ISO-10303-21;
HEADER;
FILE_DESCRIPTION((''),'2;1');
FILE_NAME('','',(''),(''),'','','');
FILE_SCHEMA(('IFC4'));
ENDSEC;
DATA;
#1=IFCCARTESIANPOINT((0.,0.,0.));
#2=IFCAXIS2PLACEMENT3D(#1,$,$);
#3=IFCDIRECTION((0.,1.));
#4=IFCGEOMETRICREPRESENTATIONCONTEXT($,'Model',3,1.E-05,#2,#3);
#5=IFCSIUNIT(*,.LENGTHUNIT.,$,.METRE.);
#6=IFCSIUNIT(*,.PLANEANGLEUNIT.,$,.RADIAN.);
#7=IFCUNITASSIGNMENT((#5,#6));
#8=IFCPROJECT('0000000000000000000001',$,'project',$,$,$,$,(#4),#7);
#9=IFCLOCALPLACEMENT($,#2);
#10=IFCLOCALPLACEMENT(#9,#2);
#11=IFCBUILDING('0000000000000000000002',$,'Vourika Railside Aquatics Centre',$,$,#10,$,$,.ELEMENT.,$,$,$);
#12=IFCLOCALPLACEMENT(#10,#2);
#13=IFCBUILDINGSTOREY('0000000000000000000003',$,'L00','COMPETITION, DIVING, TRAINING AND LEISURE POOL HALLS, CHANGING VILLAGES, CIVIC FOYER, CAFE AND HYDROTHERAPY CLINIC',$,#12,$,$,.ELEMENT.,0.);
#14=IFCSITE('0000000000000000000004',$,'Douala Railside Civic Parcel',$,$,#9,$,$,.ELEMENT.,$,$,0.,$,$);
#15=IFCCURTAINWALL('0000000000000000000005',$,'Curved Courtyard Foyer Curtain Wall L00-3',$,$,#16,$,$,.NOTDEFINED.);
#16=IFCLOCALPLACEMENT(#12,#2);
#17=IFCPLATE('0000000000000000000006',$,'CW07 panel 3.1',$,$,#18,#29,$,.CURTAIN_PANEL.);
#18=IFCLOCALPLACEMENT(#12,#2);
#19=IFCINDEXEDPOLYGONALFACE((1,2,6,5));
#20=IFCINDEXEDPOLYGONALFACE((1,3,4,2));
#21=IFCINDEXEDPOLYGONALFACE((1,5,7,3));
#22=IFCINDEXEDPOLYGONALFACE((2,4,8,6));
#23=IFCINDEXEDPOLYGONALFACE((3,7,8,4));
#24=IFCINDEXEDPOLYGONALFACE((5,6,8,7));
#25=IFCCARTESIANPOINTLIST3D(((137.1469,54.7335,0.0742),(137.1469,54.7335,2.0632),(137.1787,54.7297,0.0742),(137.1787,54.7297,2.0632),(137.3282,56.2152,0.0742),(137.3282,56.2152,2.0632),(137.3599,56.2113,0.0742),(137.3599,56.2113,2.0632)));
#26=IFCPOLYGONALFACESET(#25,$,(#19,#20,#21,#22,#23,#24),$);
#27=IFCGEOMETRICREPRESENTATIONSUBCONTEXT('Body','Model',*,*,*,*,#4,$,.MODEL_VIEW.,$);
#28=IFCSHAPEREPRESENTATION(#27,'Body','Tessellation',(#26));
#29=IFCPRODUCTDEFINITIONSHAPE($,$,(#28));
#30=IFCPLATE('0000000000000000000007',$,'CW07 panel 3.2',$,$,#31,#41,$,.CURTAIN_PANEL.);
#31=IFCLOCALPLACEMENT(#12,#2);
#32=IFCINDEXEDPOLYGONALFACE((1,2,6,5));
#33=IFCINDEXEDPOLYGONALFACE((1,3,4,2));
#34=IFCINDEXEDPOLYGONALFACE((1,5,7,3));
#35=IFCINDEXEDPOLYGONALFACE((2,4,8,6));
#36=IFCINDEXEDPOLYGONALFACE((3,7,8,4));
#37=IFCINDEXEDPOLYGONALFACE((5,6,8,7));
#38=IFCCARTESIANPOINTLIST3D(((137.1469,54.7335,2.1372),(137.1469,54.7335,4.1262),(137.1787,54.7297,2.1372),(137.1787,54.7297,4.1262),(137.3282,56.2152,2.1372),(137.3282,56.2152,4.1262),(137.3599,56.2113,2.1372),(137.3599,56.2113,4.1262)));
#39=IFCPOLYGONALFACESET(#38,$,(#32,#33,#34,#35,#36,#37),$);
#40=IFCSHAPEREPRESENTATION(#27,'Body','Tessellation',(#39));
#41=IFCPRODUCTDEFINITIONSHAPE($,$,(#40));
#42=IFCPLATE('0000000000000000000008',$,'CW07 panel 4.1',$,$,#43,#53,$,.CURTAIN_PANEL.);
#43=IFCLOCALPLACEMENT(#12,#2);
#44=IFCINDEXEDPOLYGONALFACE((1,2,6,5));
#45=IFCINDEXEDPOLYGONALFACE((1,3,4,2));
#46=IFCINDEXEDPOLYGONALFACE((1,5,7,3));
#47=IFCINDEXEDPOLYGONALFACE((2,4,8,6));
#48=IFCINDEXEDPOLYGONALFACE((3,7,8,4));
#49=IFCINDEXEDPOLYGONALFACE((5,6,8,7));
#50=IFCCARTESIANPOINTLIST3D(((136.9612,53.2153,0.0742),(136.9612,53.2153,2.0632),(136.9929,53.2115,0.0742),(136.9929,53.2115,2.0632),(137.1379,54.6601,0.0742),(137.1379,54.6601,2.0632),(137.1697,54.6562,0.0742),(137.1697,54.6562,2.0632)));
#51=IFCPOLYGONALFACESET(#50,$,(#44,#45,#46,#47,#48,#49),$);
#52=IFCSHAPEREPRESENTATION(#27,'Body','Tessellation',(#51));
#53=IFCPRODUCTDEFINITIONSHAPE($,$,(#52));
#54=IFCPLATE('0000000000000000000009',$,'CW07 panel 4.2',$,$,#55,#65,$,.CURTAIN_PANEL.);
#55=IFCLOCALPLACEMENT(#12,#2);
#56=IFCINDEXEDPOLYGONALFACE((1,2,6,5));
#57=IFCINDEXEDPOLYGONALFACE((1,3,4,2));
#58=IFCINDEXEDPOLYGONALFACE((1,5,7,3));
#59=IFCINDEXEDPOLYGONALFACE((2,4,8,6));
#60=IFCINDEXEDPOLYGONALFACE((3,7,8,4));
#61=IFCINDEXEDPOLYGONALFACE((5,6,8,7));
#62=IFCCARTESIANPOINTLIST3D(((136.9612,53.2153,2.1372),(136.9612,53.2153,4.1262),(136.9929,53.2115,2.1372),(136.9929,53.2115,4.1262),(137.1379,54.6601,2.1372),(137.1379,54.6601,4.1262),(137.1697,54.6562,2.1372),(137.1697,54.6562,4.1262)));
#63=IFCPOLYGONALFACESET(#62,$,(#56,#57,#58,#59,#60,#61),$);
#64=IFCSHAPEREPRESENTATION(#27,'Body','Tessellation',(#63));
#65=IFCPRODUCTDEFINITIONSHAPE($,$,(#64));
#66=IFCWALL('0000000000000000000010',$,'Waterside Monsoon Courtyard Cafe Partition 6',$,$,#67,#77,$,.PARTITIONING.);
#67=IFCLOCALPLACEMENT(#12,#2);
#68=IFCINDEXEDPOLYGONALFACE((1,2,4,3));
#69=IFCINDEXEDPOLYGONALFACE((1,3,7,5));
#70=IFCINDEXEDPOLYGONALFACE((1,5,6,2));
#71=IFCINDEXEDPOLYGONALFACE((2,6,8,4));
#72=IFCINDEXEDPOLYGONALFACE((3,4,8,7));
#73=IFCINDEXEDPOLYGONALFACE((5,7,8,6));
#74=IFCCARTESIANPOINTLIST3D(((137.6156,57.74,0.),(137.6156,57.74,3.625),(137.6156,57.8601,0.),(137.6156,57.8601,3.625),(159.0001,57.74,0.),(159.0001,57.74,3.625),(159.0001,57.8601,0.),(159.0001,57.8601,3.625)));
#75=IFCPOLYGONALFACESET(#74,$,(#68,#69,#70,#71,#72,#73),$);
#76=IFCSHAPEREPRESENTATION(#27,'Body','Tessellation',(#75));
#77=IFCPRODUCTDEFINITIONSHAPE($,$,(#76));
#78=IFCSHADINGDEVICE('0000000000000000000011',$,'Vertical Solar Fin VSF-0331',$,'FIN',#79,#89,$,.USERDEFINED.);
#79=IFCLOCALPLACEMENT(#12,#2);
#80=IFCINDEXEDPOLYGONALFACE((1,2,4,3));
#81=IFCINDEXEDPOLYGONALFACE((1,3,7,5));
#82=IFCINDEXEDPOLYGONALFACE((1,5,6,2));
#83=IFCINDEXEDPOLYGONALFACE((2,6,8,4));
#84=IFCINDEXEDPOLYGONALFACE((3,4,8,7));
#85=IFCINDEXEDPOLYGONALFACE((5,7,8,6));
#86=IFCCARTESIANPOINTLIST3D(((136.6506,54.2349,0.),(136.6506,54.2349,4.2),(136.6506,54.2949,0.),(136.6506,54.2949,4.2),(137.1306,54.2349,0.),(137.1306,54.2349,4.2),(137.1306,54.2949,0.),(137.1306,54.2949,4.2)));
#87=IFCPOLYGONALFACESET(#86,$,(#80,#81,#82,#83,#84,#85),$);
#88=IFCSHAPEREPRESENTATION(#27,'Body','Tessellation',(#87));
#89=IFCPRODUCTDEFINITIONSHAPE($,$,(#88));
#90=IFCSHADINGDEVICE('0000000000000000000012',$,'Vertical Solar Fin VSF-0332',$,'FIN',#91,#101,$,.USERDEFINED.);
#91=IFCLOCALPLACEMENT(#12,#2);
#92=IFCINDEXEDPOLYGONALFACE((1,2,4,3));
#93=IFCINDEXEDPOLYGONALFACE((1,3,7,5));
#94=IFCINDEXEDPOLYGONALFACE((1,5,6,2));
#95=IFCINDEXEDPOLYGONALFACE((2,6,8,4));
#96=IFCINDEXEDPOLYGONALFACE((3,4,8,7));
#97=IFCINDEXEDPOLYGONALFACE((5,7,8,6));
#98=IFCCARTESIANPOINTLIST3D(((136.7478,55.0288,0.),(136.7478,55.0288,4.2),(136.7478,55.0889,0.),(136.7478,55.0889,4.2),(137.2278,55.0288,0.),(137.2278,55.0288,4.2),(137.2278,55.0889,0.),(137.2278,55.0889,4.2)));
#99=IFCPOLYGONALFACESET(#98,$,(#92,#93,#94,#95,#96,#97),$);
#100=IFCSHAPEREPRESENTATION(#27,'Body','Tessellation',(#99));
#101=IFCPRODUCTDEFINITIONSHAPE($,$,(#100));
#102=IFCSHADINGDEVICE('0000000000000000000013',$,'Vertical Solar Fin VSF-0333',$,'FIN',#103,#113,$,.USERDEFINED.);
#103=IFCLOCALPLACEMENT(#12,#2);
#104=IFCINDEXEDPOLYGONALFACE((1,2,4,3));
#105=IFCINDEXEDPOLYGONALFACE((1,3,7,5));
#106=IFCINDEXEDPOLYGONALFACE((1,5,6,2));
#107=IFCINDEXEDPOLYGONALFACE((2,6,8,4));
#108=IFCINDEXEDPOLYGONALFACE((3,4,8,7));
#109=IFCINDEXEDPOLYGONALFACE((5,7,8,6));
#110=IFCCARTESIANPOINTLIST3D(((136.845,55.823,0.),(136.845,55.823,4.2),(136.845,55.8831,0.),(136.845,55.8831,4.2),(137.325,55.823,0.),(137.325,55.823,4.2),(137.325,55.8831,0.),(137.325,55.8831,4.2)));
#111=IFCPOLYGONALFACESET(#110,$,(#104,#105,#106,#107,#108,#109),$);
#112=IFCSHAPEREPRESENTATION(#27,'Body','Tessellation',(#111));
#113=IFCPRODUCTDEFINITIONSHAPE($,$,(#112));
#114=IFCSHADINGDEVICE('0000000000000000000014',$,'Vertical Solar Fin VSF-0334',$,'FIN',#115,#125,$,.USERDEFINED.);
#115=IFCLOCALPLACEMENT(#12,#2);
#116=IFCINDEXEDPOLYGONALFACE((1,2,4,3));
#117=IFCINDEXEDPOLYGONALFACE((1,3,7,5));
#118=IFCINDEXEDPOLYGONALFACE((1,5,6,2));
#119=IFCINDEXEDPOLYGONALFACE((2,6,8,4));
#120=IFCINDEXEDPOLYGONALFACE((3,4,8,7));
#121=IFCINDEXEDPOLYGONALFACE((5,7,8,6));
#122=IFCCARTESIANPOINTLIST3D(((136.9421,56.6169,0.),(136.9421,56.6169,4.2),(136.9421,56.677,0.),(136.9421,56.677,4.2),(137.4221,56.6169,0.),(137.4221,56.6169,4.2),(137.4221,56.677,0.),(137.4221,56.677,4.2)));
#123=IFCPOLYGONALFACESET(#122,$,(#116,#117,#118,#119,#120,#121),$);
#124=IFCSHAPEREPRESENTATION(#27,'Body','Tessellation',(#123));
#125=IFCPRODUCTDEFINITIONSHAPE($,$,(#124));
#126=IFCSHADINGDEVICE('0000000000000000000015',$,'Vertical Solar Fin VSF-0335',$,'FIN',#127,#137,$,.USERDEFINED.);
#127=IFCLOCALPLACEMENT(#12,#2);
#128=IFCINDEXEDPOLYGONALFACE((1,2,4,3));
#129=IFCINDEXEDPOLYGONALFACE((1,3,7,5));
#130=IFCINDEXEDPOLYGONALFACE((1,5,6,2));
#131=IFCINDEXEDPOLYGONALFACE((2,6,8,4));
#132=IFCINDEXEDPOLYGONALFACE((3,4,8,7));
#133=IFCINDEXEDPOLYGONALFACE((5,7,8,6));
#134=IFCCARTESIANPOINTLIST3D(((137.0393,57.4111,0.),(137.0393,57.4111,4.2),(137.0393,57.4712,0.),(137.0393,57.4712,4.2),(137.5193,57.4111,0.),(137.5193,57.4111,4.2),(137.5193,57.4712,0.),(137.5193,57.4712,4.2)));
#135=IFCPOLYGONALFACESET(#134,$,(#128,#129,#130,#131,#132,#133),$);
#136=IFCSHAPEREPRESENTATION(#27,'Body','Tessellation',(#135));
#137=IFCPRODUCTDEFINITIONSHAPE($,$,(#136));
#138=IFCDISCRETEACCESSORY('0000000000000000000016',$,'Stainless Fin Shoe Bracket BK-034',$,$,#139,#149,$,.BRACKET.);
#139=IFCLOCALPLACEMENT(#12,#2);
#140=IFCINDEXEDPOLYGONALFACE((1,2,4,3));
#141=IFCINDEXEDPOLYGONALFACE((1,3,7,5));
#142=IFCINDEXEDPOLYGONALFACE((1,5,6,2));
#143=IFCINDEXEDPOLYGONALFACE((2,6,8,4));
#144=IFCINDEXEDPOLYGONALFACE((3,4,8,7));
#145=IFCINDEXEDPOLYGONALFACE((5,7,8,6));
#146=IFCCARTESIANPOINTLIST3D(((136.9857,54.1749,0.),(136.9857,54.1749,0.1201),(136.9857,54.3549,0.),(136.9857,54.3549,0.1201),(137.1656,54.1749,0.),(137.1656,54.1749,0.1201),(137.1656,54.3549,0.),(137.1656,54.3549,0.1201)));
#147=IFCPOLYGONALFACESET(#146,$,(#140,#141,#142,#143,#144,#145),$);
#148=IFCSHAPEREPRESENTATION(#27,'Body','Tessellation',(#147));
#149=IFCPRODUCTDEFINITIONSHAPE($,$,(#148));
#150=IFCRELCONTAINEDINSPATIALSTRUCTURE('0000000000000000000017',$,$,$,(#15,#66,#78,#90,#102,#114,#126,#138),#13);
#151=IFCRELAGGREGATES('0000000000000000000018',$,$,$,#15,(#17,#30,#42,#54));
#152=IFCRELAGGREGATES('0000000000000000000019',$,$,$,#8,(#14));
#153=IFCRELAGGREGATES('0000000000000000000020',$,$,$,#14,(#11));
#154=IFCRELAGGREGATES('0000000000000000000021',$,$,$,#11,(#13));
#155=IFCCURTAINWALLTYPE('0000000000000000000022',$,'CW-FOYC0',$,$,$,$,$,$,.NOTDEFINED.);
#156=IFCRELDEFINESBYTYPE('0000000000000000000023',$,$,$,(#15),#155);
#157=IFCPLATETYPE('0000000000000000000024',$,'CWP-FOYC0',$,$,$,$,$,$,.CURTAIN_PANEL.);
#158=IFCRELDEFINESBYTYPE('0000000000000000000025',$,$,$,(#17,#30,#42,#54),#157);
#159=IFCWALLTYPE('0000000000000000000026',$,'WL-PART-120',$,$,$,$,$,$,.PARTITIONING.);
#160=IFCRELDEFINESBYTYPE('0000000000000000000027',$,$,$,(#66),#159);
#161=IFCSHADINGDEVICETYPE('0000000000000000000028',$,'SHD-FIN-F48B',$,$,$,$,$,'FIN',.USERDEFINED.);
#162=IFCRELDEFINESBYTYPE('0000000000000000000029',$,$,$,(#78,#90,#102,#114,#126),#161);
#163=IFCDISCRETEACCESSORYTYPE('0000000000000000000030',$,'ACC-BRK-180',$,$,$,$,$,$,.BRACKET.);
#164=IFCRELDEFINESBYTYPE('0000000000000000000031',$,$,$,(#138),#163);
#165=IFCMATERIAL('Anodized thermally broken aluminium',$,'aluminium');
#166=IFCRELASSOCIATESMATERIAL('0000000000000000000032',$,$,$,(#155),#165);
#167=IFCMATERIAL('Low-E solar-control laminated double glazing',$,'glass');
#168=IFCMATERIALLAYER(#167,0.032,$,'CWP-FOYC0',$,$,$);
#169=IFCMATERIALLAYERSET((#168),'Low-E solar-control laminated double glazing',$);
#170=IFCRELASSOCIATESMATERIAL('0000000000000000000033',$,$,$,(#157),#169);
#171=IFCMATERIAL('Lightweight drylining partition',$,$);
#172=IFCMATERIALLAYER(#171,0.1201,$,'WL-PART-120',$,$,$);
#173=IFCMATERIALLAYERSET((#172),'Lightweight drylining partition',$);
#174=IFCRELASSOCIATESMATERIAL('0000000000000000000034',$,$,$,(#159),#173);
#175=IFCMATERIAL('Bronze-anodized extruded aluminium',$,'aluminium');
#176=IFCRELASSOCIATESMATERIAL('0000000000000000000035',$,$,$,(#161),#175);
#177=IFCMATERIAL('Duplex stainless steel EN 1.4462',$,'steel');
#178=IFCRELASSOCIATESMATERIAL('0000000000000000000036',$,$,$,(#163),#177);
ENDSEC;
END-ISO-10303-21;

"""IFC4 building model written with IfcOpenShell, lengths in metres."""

from ifc_helpers import new_model, si_unit, direction, frame, frame_2d, origin, origin_2d, place, context, subcontext, project, spatial, rectangle, extrude, material, layer, layer_set, material_profile, profile_set, type_object, element, aggregate, save


model = new_model("IFC4")

# Units and contexts
model_context = context("Model", 3, precision=1e-05, world=origin(), true_north=direction((0.0, 1.0)))
body_context = subcontext(model_context, "Body", "Model", "MODEL_VIEW")
ifc_project = project(units=[si_unit("LENGTHUNIT", "METRE"), si_unit("PLANEANGLEUNIT", "RADIAN")], contexts=[model_context])

# Site, building, storey
site_placement = place(None, origin())
site = spatial("IfcSite", under=ifc_project, at=site_placement, Name="Douala Railside Civic Parcel", CompositionType="ELEMENT", RefElevation=0.0)
building_placement = place(site_placement, origin())
building = spatial("IfcBuilding", under=site, at=building_placement, Name="Vourika Railside Aquatics Centre", CompositionType="ELEMENT")
storey_placement = place(building_placement, origin())
storey = spatial("IfcBuildingStorey", under=building, at=storey_placement, Name="L00", Description="COMPETITION, DIVING, TRAINING AND LEISURE POOL HALLS, CHANGING VILLAGES, CIVIC FOYER, CAFE AND HYDROTHERAPY CLINIC", CompositionType="ELEMENT", Elevation=0.0)

# Shared definitions
ifc_material_1 = material(Name="Anodized thermally broken aluminium", Category="aluminium")
curtain_wall_type = type_object("IfcCurtainWallType", Name="CW-FOYC0", PredefinedType="NOTDEFINED", material=ifc_material_1)

# Curtain wall
curtain_wall_1_placement = place(storey_placement, origin())
curtain_wall_1 = element("IfcCurtainWall", 1, at=curtain_wall_1_placement, inside=storey, type_object=curtain_wall_type, Name="Curved Courtyard Foyer Curtain Wall L00-3", PredefinedType="NOTDEFINED")

# Plates
ifc_material_2 = material(Name="Low-E solar-control laminated double glazing", Category="glass")
ifc_layer_1 = layer(ifc_material_2, 0.032, Name="CWP-FOYC0")
ifc_layer_set_1 = layer_set([ifc_layer_1], Name="Low-E solar-control laminated double glazing")
plate_type = type_object("IfcPlateType", Name="CWP-FOYC0", PredefinedType="CURTAIN_PANEL", material=ifc_layer_set_1)
plate_1_placement = place(storey_placement, frame((137.2534, 55.4724, 0.0742), z_axis=(0.0, 0.0, 1.0), x_axis=(-0.121442, -0.992599, 0.0)))
plate_1 = element("IfcPlate", 2, at=plate_1_placement, type_object=plate_type, Name="CW07 panel 3.1", PredefinedType="CURTAIN_PANEL", context=body_context, shape_type="SweptSolid", body=[
    extrude(rectangle(XDim=1.4927, YDim=0.032, at=origin_2d()), origin(), (0.0, 0.0, 1.0), 1.989),
])
plate_2_placement = place(storey_placement, frame((137.2534, 55.4724, 2.1372), z_axis=(0.0, 0.0, 1.0), x_axis=(-0.121442, -0.992599, 0.0)))
plate_2 = element("IfcPlate", 3, at=plate_2_placement, type_object=plate_type, Name="CW07 panel 3.2", PredefinedType="CURTAIN_PANEL", context=body_context, shape_type="SweptSolid", body=[
    extrude(rectangle(XDim=1.4927, YDim=0.032, at=origin_2d()), origin(), (0.0, 0.0, 1.0), 1.989),
])
plate_3_placement = place(storey_placement, frame((137.0654, 53.9358, 0.0742), z_axis=(0.0, 0.0, 1.0), x_axis=(-0.121442, -0.992599, 0.0)))
plate_3 = element("IfcPlate", 4, at=plate_3_placement, type_object=plate_type, Name="CW07 panel 4.1", PredefinedType="CURTAIN_PANEL", context=body_context, shape_type="SweptSolid", body=[
    extrude(rectangle(XDim=1.4556, YDim=0.032, at=origin_2d()), origin(), (0.0, 0.0, 1.0), 1.989),
])
plate_4_placement = place(storey_placement, frame((137.0654, 53.9358, 2.1372), z_axis=(0.0, 0.0, 1.0), x_axis=(-0.121442, -0.992599, 0.0)))
plate_4 = element("IfcPlate", 5, at=plate_4_placement, type_object=plate_type, Name="CW07 panel 4.2", PredefinedType="CURTAIN_PANEL", context=body_context, shape_type="SweptSolid", body=[
    extrude(rectangle(XDim=1.4556, YDim=0.032, at=origin_2d()), origin(), (0.0, 0.0, 1.0), 1.989),
])
aggregate(curtain_wall_1, [plate_1, plate_2, plate_3, plate_4])

# Wall
ifc_material_3 = material(Name="Lightweight drylining partition")
ifc_layer_2 = layer(ifc_material_3, 0.1201, Name="WL-PART-120")
ifc_layer_set_2 = layer_set([ifc_layer_2], Name="Lightweight drylining partition")
wall_type = type_object("IfcWallType", Name="WL-PART-120", PredefinedType="PARTITIONING", material=ifc_layer_set_2)
wall_placement = place(storey_placement, frame((137.6155, 57.8, 0.0), z_axis=(0.0, 0.0, 1.0), x_axis=(1.0, 0.0, 0.0)))
element("IfcWall", 6, at=wall_placement, inside=storey, type_object=wall_type, Name="Waterside Monsoon Courtyard Cafe Partition 6", PredefinedType="PARTITIONING", context=body_context, shape_type="SweptSolid", body=[
    extrude(rectangle(XDim=21.3845, YDim=0.1201, at=frame_2d((10.6924, 0.0))), origin(), (0.0, 0.0, 1.0), 3.625),
])

# Shading devices
ifc_material_4 = material(Name="Bronze-anodized extruded aluminium", Category="aluminium")
ifc_material_profile_1 = material_profile(ifc_material_4, rectangle(XDim=0.0601, YDim=0.48, at=origin_2d()), Name="ALU-FIN 60x480")
ifc_profile_set_1 = profile_set([ifc_material_profile_1], Name="Bronze-anodized extruded aluminium")
shading_device_type = type_object("IfcShadingDeviceType", Name="SHD-FIN-F48B", ElementType="FIN", PredefinedType="USERDEFINED", material=ifc_profile_set_1)
for number, where, z_axis, x_axis, name in (
    (7, (136.8906, 54.2649, 0.0), (0.0, 0.0, 1.0), (0.0, 1.0, 0.0), "Vertical Solar Fin VSF-0331"),
    (8, (136.9878, 55.0588, 0.0), (0.0, 0.0, 1.0), (0.0, 1.0, 0.0), "Vertical Solar Fin VSF-0332"),
    (9, (137.085, 55.853, 0.0), (0.0, 0.0, 1.0), (0.0, 1.0, 0.0), "Vertical Solar Fin VSF-0333"),
    (10, (137.1821, 56.647, 0.0), (0.0, 0.0, 1.0), (0.0, 1.0, 0.0), "Vertical Solar Fin VSF-0334"),
    (11, (137.2793, 57.4412, 0.0), (0.0, 0.0, 1.0), (0.0, 1.0, 0.0), "Vertical Solar Fin VSF-0335"),
):
    element("IfcShadingDevice", number, at=place(storey_placement, frame(where, z_axis=z_axis, x_axis=x_axis)), inside=storey, type_object=shading_device_type, Name=name, ObjectType="FIN", PredefinedType="USERDEFINED", context=body_context, shape_type="SweptSolid", body=[
        extrude(rectangle(XDim=0.0601, YDim=0.48, at=origin_2d()), origin(), (0.0, 0.0, 1.0), 4.2),
    ])

# Discrete accessory
ifc_material_5 = material(Name="Duplex stainless steel EN 1.4462", Category="steel")
discrete_accessory_type = type_object("IfcDiscreteAccessoryType", Name="ACC-BRK-180", PredefinedType="BRACKET", material=ifc_material_5)
discrete_accessory_placement = place(storey_placement, frame((137.0757, 54.2649, 0.0), z_axis=(0.0, 0.0, 1.0), x_axis=(-1.0, 0.0, 0.0)))
element("IfcDiscreteAccessory", 12, at=discrete_accessory_placement, inside=storey, type_object=discrete_accessory_type, Name="Stainless Fin Shoe Bracket BK-034", PredefinedType="BRACKET", context=body_context, shape_type="SweptSolid", body=[
    extrude(rectangle(XDim=0.1799, YDim=0.1799, at=origin_2d()), origin(), (0.0, 0.0, 1.0), 0.1201),
])

save(model, "model.ifc")
